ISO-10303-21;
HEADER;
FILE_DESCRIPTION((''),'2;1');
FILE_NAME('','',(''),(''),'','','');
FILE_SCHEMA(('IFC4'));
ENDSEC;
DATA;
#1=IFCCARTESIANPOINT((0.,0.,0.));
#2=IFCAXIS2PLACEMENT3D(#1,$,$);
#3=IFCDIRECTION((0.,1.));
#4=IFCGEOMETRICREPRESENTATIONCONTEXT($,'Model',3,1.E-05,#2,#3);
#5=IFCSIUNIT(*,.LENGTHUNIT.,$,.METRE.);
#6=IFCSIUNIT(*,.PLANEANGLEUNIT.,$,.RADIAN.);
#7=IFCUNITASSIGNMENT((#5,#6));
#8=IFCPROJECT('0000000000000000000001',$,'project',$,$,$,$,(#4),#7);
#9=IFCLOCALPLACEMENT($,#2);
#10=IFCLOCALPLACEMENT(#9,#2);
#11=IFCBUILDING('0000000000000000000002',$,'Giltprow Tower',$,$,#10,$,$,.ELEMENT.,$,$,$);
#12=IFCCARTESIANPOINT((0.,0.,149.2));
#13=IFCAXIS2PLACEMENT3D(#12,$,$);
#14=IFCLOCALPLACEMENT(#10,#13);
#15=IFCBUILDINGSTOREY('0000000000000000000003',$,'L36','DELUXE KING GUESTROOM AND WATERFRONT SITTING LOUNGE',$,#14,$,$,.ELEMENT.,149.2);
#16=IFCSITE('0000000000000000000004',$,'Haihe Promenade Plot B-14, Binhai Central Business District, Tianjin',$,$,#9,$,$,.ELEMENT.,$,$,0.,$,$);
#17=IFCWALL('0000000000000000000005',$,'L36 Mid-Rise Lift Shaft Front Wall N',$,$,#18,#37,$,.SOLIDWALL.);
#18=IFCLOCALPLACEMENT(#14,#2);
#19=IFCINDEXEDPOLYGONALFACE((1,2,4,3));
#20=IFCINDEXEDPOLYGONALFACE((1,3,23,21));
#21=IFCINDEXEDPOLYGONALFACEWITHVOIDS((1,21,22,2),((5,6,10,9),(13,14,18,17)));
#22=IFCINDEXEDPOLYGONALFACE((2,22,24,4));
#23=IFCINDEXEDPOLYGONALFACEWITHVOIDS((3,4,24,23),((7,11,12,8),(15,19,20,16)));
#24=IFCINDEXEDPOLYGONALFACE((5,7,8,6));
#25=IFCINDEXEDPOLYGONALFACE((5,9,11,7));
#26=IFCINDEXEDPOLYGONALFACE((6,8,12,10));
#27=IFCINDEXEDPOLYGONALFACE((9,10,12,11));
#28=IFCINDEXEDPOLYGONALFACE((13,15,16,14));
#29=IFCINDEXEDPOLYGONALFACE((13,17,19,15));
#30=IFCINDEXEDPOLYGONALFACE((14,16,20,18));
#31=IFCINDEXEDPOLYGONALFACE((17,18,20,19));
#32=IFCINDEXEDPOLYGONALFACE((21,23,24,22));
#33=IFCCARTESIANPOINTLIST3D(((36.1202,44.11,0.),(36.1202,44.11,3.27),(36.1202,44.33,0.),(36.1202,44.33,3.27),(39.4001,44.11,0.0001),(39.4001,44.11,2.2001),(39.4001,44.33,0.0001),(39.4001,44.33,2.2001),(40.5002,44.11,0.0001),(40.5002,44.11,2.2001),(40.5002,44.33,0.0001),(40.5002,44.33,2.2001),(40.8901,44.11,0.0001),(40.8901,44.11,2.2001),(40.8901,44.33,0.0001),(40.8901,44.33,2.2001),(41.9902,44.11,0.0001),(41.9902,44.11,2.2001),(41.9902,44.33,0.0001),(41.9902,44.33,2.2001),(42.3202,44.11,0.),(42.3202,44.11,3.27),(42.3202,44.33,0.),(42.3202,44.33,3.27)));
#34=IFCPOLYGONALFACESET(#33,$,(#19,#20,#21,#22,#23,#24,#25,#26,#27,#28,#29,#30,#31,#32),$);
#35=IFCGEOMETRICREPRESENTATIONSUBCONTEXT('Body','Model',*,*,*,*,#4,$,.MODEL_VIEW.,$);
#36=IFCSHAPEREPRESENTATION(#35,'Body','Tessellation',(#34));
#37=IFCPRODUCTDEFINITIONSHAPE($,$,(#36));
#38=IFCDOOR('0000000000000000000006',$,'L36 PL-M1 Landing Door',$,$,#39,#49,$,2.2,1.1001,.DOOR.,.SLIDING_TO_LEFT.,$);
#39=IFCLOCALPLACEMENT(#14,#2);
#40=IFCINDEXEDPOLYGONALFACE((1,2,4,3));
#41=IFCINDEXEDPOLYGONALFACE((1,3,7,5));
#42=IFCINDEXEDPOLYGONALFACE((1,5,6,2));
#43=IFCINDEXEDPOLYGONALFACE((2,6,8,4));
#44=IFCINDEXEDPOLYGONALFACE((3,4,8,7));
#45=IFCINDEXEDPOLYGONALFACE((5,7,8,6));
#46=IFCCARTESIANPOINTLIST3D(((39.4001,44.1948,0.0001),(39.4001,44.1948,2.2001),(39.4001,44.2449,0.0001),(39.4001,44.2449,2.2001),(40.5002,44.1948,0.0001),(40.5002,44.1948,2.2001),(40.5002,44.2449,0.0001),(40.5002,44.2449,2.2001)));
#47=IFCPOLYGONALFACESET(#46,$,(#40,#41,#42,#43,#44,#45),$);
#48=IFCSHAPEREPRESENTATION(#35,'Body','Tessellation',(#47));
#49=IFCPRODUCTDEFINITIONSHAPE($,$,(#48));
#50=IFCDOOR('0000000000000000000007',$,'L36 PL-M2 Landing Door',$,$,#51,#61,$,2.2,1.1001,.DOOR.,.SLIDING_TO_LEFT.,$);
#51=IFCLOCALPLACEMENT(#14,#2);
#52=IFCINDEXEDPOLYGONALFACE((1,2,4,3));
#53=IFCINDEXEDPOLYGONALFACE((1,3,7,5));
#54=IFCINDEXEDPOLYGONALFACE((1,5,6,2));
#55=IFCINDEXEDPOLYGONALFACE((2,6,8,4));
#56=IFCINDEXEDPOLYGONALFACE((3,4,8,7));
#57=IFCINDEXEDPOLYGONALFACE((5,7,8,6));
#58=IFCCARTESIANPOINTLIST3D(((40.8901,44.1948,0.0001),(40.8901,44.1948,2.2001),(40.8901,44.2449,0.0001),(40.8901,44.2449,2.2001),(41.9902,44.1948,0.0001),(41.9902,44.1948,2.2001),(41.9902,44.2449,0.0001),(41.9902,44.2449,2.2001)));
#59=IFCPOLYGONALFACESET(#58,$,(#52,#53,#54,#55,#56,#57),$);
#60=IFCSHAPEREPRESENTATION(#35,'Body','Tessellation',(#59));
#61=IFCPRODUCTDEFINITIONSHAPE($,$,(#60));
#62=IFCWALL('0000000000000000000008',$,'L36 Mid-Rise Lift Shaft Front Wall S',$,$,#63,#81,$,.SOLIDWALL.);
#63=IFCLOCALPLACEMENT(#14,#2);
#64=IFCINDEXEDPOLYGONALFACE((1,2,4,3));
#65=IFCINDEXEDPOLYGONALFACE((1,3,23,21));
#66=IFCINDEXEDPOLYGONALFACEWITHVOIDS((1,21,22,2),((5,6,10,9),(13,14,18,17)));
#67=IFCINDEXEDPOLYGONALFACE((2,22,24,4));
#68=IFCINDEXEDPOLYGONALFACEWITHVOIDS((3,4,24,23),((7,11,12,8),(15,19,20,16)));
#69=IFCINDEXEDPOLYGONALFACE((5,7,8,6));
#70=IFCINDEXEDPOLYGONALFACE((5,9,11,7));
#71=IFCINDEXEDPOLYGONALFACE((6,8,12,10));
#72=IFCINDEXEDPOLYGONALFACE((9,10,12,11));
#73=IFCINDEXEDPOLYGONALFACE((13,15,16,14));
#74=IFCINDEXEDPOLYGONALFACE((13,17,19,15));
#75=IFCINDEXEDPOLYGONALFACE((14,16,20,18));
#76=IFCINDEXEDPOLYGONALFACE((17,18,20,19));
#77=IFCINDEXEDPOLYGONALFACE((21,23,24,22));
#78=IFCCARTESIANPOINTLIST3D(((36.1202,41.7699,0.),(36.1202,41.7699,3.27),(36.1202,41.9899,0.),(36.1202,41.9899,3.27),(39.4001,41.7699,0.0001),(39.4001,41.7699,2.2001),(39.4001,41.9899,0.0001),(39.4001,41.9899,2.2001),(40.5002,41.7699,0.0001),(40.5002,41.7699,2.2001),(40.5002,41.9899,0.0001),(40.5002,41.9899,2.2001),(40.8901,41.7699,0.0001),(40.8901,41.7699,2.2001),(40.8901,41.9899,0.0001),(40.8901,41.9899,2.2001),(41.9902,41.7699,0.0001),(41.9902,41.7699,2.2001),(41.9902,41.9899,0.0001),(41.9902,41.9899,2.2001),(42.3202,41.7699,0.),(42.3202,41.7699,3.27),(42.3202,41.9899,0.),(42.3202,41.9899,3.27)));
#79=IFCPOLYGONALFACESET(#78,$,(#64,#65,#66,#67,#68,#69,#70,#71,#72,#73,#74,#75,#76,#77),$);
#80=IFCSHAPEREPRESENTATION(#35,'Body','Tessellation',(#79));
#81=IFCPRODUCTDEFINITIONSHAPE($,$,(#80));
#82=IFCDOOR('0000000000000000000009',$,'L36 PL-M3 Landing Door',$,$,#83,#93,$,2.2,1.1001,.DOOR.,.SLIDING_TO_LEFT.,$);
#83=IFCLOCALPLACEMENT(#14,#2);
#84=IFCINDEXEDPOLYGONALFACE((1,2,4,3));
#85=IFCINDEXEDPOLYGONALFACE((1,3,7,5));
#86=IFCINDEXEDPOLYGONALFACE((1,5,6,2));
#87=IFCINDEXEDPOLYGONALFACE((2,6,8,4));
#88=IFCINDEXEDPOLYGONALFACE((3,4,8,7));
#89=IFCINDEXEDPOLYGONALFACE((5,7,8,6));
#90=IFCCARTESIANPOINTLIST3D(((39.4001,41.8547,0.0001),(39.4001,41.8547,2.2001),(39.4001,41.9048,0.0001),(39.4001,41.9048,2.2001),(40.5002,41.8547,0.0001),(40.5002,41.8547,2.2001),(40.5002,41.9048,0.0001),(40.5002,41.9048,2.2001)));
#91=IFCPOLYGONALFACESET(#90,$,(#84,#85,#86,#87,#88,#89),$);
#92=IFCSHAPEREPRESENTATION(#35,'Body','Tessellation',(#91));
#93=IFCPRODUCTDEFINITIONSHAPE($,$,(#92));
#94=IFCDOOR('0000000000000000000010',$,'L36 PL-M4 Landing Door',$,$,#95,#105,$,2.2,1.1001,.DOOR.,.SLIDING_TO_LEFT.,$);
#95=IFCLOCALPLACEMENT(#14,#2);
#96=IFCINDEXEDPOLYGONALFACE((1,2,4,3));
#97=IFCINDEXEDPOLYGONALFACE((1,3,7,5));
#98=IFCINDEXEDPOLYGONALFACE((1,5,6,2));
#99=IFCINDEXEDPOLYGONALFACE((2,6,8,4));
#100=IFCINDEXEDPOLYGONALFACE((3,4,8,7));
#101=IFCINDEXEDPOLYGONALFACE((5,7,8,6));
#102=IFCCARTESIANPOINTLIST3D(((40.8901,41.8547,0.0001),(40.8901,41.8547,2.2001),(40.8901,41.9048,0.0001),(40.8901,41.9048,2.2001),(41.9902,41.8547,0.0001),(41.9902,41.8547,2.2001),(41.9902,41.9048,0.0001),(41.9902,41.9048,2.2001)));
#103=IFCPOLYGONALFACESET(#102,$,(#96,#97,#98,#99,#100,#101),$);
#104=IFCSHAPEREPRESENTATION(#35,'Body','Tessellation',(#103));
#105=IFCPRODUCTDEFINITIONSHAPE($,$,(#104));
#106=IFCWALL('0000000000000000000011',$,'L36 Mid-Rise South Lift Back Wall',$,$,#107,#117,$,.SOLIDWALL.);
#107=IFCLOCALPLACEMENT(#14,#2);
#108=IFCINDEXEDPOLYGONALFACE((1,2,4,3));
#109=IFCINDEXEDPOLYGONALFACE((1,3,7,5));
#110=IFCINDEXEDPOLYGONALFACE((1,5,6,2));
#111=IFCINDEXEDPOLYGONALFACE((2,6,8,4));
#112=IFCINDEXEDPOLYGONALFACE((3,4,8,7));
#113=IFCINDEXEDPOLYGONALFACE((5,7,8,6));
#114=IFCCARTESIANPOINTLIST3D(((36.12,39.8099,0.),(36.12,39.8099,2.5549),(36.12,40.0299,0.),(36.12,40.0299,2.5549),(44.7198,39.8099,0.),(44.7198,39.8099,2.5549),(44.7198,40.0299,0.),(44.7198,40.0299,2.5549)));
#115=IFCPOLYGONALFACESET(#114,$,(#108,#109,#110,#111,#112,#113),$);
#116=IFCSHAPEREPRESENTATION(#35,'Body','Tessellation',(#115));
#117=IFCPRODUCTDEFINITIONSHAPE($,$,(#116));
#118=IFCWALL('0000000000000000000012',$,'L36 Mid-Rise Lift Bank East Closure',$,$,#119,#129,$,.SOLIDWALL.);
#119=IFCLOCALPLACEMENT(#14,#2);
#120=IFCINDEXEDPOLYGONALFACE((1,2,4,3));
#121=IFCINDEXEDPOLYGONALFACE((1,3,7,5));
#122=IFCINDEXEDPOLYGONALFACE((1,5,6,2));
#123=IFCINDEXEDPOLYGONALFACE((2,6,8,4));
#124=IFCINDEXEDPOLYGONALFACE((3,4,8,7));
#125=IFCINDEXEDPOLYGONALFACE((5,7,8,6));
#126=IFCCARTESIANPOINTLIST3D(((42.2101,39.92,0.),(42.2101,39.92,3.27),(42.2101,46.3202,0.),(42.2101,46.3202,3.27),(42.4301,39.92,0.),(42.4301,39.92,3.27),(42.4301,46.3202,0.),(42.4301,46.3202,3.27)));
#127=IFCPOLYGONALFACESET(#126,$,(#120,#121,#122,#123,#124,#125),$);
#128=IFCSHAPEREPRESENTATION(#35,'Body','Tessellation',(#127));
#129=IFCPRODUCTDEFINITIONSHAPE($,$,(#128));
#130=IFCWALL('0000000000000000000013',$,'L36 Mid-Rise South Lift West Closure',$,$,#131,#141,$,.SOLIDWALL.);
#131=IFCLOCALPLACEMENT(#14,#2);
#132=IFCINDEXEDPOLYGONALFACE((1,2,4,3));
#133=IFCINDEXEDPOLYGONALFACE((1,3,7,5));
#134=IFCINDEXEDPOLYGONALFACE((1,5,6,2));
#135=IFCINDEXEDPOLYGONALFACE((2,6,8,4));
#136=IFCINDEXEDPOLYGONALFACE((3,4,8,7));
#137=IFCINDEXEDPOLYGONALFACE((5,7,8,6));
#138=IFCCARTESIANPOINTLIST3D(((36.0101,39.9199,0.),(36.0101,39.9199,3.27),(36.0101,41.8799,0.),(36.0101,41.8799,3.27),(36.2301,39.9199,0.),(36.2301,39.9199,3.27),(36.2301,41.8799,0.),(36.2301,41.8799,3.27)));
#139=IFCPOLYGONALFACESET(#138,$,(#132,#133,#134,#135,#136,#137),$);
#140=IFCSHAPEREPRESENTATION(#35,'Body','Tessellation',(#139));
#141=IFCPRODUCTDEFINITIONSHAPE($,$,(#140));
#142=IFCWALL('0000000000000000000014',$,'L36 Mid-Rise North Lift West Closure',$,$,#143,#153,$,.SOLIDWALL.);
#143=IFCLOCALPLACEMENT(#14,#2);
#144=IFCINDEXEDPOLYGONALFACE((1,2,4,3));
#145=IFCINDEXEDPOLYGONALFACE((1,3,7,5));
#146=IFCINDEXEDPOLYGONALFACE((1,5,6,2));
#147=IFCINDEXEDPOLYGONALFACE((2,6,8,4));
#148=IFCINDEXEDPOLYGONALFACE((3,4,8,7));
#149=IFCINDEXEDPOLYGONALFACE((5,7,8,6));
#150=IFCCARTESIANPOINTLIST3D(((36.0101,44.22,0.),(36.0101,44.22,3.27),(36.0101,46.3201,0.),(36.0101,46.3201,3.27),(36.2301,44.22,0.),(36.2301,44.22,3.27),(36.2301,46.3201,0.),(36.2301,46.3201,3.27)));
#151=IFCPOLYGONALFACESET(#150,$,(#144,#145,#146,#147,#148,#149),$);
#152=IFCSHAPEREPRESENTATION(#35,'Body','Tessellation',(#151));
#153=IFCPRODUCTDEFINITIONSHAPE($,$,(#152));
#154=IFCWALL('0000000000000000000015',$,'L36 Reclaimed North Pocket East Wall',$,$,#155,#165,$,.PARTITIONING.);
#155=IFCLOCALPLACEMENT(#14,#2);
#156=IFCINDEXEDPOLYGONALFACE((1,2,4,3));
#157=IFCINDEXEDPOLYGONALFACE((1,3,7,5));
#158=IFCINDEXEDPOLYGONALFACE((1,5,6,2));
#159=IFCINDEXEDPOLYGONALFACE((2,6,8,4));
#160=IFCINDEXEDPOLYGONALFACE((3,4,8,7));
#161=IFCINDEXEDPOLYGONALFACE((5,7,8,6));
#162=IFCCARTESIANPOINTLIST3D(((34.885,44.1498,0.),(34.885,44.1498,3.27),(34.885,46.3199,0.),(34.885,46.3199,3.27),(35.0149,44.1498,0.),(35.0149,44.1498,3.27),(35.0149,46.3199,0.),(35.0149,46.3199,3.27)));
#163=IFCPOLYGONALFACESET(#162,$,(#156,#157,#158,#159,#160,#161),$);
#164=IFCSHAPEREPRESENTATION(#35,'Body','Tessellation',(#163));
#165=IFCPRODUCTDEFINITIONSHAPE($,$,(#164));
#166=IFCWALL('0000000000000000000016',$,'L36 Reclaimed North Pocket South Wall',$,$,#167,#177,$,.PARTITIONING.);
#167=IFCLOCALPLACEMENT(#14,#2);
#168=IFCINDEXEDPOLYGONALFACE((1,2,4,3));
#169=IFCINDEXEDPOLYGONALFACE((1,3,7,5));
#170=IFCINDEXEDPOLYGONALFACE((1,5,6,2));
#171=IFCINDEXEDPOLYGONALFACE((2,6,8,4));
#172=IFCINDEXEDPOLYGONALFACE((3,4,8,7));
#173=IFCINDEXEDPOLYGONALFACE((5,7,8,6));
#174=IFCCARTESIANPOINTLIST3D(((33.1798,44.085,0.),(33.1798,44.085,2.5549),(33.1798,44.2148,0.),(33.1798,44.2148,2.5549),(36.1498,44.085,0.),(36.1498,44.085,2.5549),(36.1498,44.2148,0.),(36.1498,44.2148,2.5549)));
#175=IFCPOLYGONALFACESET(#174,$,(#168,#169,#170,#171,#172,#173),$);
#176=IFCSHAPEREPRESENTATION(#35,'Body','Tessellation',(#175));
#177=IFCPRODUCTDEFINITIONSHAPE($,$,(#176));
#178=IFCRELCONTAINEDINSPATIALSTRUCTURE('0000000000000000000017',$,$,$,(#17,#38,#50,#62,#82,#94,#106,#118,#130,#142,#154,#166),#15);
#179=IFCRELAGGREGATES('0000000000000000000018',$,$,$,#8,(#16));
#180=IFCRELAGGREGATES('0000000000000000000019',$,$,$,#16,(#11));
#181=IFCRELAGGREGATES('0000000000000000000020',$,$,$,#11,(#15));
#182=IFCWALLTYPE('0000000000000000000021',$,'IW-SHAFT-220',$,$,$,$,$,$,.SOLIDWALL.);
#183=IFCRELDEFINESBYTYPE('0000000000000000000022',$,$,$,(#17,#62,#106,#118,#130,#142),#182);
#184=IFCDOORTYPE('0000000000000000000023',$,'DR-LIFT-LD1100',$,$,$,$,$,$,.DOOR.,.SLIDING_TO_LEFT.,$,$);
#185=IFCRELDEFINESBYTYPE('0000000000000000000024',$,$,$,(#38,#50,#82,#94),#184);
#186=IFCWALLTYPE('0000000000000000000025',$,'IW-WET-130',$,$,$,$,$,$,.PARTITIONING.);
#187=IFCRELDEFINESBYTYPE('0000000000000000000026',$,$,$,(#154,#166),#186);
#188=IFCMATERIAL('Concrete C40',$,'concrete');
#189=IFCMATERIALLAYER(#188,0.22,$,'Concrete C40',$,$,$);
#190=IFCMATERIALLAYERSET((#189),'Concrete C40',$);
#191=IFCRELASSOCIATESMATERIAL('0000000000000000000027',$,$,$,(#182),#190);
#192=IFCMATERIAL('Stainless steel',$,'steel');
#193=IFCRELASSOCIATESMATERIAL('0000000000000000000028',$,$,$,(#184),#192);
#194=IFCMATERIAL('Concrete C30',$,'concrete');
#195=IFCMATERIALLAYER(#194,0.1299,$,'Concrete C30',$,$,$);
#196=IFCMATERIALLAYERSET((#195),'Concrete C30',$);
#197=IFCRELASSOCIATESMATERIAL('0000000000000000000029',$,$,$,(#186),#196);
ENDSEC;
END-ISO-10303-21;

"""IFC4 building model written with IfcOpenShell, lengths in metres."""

from ifc_helpers import new_model, si_unit, direction, frame, frame_2d, origin, place, context, subcontext, project, spatial, rectangle, extrude, source, transform, mapped, material, layer, layer_set, type_object, element, fill, save


model = new_model("IFC4")

# Units and contexts
model_context = context("Model", 3, precision=1e-05, world=origin(), true_north=direction((0.0, 1.0)))
body_context = subcontext(model_context, "Body", "Model", "MODEL_VIEW")
ifc_project = project(units=[si_unit("LENGTHUNIT", "METRE"), si_unit("PLANEANGLEUNIT", "RADIAN")], contexts=[model_context])

# Site, building, storey
site_placement = place(None, origin())
site = spatial("IfcSite", under=ifc_project, at=site_placement, Name="Haihe Promenade Plot B-14, Binhai Central Business District, Tianjin", CompositionType="ELEMENT", RefElevation=0.0)
building_placement = place(site_placement, origin())
building = spatial("IfcBuilding", under=site, at=building_placement, Name="Giltprow Tower", CompositionType="ELEMENT")
storey_placement = place(building_placement, frame((0.0, 0.0, 149.2)))
storey = spatial("IfcBuildingStorey", under=building, at=storey_placement, Name="L36", Description="DELUXE KING GUESTROOM AND WATERFRONT SITTING LOUNGE", CompositionType="ELEMENT", Elevation=149.2)

# Shared definitions
ifc_material_1 = material(Name="Concrete C40", Category="concrete")
ifc_layer_1 = layer(ifc_material_1, 0.22, Name="Concrete C40")
ifc_layer_set_1 = layer_set([ifc_layer_1], Name="Concrete C40")
wall_type_1 = type_object("IfcWallType", Name="IW-SHAFT-220", PredefinedType="SOLIDWALL", material=ifc_layer_set_1)
ifc_material_2 = material(Name="Stainless steel", Category="steel")
door_type = type_object("IfcDoorType", Name="DR-LIFT-LD1100", OperationType="SLIDING_TO_LEFT", PredefinedType="DOOR", material=ifc_material_2)
shared_shape_1 = source(origin(), body_context, "Body", "SweptSolid", [
    extrude(rectangle(XDim=1.1001, YDim=2.2, at=frame_2d((0.55, 1.1001))), frame((0.0, 0.0249, 0.0), z_axis=(0.0, -1.0, 0.0), x_axis=(1.0, 0.0, 0.0)), (0.0, 0.0, 1.0), 0.05),
])

# Walls, openings, doors
wall_1_placement = place(storey_placement, frame((36.1201, 44.22, 0.0), z_axis=(0.0, 0.0, 1.0), x_axis=(1.0, 0.0, 0.0)))
wall_1 = element("IfcWall", 1, at=wall_1_placement, inside=storey, type_object=wall_type_1, Name="L36 Mid-Rise Lift Shaft Front Wall N", PredefinedType="SOLIDWALL", context=body_context, shape_type="SweptSolid", body=[
    extrude(rectangle(XDim=6.2, YDim=0.22, at=frame_2d((3.1001, 0.0))), origin(), (0.0, 0.0, 1.0), 3.27),
])
opening_1_placement = place(wall_1_placement, frame((3.28, 0.0, 0.0)))
opening_1 = element("IfcOpeningElement", 2, at=opening_1_placement, cuts=wall_1, PredefinedType="OPENING", context=body_context, shape_type="SweptSolid", body=[
    extrude(rectangle(XDim=1.1001, YDim=2.2, at=frame_2d((0.55, 1.1001))), frame((0.0, 0.1199, 0.0), z_axis=(0.0, -1.0, 0.0), x_axis=(1.0, 0.0, 0.0)), (0.0, 0.0, 1.0), 0.24),
])
opening_2_placement = place(wall_1_placement, frame((4.77, 0.0, 0.0)))
opening_2 = element("IfcOpeningElement", 3, at=opening_2_placement, cuts=wall_1, PredefinedType="OPENING", context=body_context, shape_type="SweptSolid", body=[
    extrude(rectangle(XDim=1.1001, YDim=2.2, at=frame_2d((0.55, 1.1001))), frame((0.0, 0.1199, 0.0), z_axis=(0.0, -1.0, 0.0), x_axis=(1.0, 0.0, 0.0)), (0.0, 0.0, 1.0), 0.24),
])
door_1_placement = place(opening_1_placement, origin())
door_1 = element("IfcDoor", 4, at=door_1_placement, inside=storey, type_object=door_type, Name="L36 PL-M1 Landing Door", OperationType="SLIDING_TO_LEFT", OverallHeight=2.2, OverallWidth=1.1001, PredefinedType="DOOR", context=body_context, shape_type="MappedRepresentation", body=[
    mapped(shared_shape_1, transform((0.0, 0.0, 0.0), x_axis=(1.0, 0.0, 0.0), y_axis=(0.0, 1.0, 0.0), z_axis=(0.0, 0.0, 1.0), scale=1.0)),
])
fill(opening_1, door_1)
door_2_placement = place(opening_2_placement, origin())
door_2 = element("IfcDoor", 5, at=door_2_placement, inside=storey, type_object=door_type, Name="L36 PL-M2 Landing Door", OperationType="SLIDING_TO_LEFT", OverallHeight=2.2, OverallWidth=1.1001, PredefinedType="DOOR", context=body_context, shape_type="MappedRepresentation", body=[
    mapped(shared_shape_1, transform((0.0, 0.0, 0.0), x_axis=(1.0, 0.0, 0.0), y_axis=(0.0, 1.0, 0.0), z_axis=(0.0, 0.0, 1.0), scale=1.0)),
])
fill(opening_2, door_2)
wall_2_placement = place(storey_placement, frame((36.1201, 41.8799, 0.0), z_axis=(0.0, 0.0, 1.0), x_axis=(1.0, 0.0, 0.0)))
wall_2 = element("IfcWall", 6, at=wall_2_placement, inside=storey, type_object=wall_type_1, Name="L36 Mid-Rise Lift Shaft Front Wall S", PredefinedType="SOLIDWALL", context=body_context, shape_type="SweptSolid", body=[
    extrude(rectangle(XDim=6.2, YDim=0.22, at=frame_2d((3.1001, 0.0))), origin(), (0.0, 0.0, 1.0), 3.27),
])
opening_3_placement = place(wall_2_placement, frame((3.28, 0.0, 0.0)))
opening_3 = element("IfcOpeningElement", 7, at=opening_3_placement, cuts=wall_2, PredefinedType="OPENING", context=body_context, shape_type="SweptSolid", body=[
    extrude(rectangle(XDim=1.1001, YDim=2.2, at=frame_2d((0.55, 1.1001))), frame((0.0, 0.1199, 0.0), z_axis=(0.0, -1.0, 0.0), x_axis=(1.0, 0.0, 0.0)), (0.0, 0.0, 1.0), 0.24),
])
opening_4_placement = place(wall_2_placement, frame((4.77, 0.0, 0.0)))
opening_4 = element("IfcOpeningElement", 8, at=opening_4_placement, cuts=wall_2, PredefinedType="OPENING", context=body_context, shape_type="SweptSolid", body=[
    extrude(rectangle(XDim=1.1001, YDim=2.2, at=frame_2d((0.55, 1.1001))), frame((0.0, 0.1199, 0.0), z_axis=(0.0, -1.0, 0.0), x_axis=(1.0, 0.0, 0.0)), (0.0, 0.0, 1.0), 0.24),
])
door_3_placement = place(opening_3_placement, origin())
door_3 = element("IfcDoor", 9, at=door_3_placement, inside=storey, type_object=door_type, Name="L36 PL-M3 Landing Door", OperationType="SLIDING_TO_LEFT", OverallHeight=2.2, OverallWidth=1.1001, PredefinedType="DOOR", context=body_context, shape_type="MappedRepresentation", body=[
    mapped(shared_shape_1, transform((0.0, 0.0, 0.0), x_axis=(1.0, 0.0, 0.0), y_axis=(0.0, 1.0, 0.0), z_axis=(0.0, 0.0, 1.0), scale=1.0)),
])
fill(opening_3, door_3)
door_4_placement = place(opening_4_placement, origin())
door_4 = element("IfcDoor", 10, at=door_4_placement, inside=storey, type_object=door_type, Name="L36 PL-M4 Landing Door", OperationType="SLIDING_TO_LEFT", OverallHeight=2.2, OverallWidth=1.1001, PredefinedType="DOOR", context=body_context, shape_type="MappedRepresentation", body=[
    mapped(shared_shape_1, transform((0.0, 0.0, 0.0), x_axis=(1.0, 0.0, 0.0), y_axis=(0.0, 1.0, 0.0), z_axis=(0.0, 0.0, 1.0), scale=1.0)),
])
fill(opening_4, door_4)

# Walls
wall_3_placement = place(storey_placement, frame((36.1201, 39.9199, 0.0), z_axis=(0.0, 0.0, 1.0), x_axis=(1.0, 0.0, 0.0)))
element("IfcWall", 11, at=wall_3_placement, inside=storey, type_object=wall_type_1, Name="L36 Mid-Rise South Lift Back Wall", PredefinedType="SOLIDWALL", context=body_context, shape_type="SweptSolid", body=[
    extrude(rectangle(XDim=8.5999, YDim=0.22, at=frame_2d((4.2998, 0.0))), origin(), (0.0, 0.0, 1.0), 2.5549),
])
wall_4_placement = place(storey_placement, frame((42.3201, 39.9199, 0.0), z_axis=(0.0, 0.0, 1.0), x_axis=(0.0, 1.0, 0.0)))
element("IfcWall", 12, at=wall_4_placement, inside=storey, type_object=wall_type_1, Name="L36 Mid-Rise Lift Bank East Closure", PredefinedType="SOLIDWALL", context=body_context, shape_type="SweptSolid", body=[
    extrude(rectangle(XDim=6.4001, YDim=0.22, at=frame_2d((3.2002, 0.0))), origin(), (0.0, 0.0, 1.0), 3.27),
])
wall_5_placement = place(storey_placement, frame((36.1201, 39.9199, 0.0), z_axis=(0.0, 0.0, 1.0), x_axis=(0.0, 1.0, 0.0)))
element("IfcWall", 13, at=wall_5_placement, inside=storey, type_object=wall_type_1, Name="L36 Mid-Rise South Lift West Closure", PredefinedType="SOLIDWALL", context=body_context, shape_type="SweptSolid", body=[
    extrude(rectangle(XDim=1.96, YDim=0.22, at=frame_2d((0.98, 0.0))), origin(), (0.0, 0.0, 1.0), 3.27),
])
wall_6_placement = place(storey_placement, frame((36.1201, 44.22, 0.0), z_axis=(0.0, 0.0, 1.0), x_axis=(0.0, 1.0, 0.0)))
element("IfcWall", 14, at=wall_6_placement, inside=storey, type_object=wall_type_1, Name="L36 Mid-Rise North Lift West Closure", PredefinedType="SOLIDWALL", context=body_context, shape_type="SweptSolid", body=[
    extrude(rectangle(XDim=2.1001, YDim=0.22, at=frame_2d((1.05, 0.0))), origin(), (0.0, 0.0, 1.0), 3.27),
])
ifc_material_3 = material(Name="Concrete C30", Category="concrete")
ifc_layer_2 = layer(ifc_material_3, 0.1299, Name="Concrete C30")
ifc_layer_set_2 = layer_set([ifc_layer_2], Name="Concrete C30")
wall_type_2 = type_object("IfcWallType", Name="IW-WET-130", PredefinedType="PARTITIONING", material=ifc_layer_set_2)
wall_7_placement = place(storey_placement, frame((34.95, 44.1499, 0.0), z_axis=(0.0, 0.0, 1.0), x_axis=(0.0, 1.0, 0.0)))
element("IfcWall", 15, at=wall_7_placement, inside=storey, type_object=wall_type_2, Name="L36 Reclaimed North Pocket East Wall", PredefinedType="PARTITIONING", context=body_context, shape_type="SweptSolid", body=[
    extrude(rectangle(XDim=2.1702, YDim=0.1299, at=frame_2d((1.085, 0.0))), origin(), (0.0, 0.0, 1.0), 3.27),
])
wall_8_placement = place(storey_placement, frame((33.1799, 44.1499, 0.0), z_axis=(0.0, 0.0, 1.0), x_axis=(1.0, 0.0, 0.0)))
element("IfcWall", 16, at=wall_8_placement, inside=storey, type_object=wall_type_2, Name="L36 Reclaimed North Pocket South Wall", PredefinedType="PARTITIONING", context=body_context, shape_type="SweptSolid", body=[
    extrude(rectangle(XDim=2.97, YDim=0.1299, at=frame_2d((1.4849, 0.0))), origin(), (0.0, 0.0, 1.0), 2.5549),
])

save(model, "model.ifc")
